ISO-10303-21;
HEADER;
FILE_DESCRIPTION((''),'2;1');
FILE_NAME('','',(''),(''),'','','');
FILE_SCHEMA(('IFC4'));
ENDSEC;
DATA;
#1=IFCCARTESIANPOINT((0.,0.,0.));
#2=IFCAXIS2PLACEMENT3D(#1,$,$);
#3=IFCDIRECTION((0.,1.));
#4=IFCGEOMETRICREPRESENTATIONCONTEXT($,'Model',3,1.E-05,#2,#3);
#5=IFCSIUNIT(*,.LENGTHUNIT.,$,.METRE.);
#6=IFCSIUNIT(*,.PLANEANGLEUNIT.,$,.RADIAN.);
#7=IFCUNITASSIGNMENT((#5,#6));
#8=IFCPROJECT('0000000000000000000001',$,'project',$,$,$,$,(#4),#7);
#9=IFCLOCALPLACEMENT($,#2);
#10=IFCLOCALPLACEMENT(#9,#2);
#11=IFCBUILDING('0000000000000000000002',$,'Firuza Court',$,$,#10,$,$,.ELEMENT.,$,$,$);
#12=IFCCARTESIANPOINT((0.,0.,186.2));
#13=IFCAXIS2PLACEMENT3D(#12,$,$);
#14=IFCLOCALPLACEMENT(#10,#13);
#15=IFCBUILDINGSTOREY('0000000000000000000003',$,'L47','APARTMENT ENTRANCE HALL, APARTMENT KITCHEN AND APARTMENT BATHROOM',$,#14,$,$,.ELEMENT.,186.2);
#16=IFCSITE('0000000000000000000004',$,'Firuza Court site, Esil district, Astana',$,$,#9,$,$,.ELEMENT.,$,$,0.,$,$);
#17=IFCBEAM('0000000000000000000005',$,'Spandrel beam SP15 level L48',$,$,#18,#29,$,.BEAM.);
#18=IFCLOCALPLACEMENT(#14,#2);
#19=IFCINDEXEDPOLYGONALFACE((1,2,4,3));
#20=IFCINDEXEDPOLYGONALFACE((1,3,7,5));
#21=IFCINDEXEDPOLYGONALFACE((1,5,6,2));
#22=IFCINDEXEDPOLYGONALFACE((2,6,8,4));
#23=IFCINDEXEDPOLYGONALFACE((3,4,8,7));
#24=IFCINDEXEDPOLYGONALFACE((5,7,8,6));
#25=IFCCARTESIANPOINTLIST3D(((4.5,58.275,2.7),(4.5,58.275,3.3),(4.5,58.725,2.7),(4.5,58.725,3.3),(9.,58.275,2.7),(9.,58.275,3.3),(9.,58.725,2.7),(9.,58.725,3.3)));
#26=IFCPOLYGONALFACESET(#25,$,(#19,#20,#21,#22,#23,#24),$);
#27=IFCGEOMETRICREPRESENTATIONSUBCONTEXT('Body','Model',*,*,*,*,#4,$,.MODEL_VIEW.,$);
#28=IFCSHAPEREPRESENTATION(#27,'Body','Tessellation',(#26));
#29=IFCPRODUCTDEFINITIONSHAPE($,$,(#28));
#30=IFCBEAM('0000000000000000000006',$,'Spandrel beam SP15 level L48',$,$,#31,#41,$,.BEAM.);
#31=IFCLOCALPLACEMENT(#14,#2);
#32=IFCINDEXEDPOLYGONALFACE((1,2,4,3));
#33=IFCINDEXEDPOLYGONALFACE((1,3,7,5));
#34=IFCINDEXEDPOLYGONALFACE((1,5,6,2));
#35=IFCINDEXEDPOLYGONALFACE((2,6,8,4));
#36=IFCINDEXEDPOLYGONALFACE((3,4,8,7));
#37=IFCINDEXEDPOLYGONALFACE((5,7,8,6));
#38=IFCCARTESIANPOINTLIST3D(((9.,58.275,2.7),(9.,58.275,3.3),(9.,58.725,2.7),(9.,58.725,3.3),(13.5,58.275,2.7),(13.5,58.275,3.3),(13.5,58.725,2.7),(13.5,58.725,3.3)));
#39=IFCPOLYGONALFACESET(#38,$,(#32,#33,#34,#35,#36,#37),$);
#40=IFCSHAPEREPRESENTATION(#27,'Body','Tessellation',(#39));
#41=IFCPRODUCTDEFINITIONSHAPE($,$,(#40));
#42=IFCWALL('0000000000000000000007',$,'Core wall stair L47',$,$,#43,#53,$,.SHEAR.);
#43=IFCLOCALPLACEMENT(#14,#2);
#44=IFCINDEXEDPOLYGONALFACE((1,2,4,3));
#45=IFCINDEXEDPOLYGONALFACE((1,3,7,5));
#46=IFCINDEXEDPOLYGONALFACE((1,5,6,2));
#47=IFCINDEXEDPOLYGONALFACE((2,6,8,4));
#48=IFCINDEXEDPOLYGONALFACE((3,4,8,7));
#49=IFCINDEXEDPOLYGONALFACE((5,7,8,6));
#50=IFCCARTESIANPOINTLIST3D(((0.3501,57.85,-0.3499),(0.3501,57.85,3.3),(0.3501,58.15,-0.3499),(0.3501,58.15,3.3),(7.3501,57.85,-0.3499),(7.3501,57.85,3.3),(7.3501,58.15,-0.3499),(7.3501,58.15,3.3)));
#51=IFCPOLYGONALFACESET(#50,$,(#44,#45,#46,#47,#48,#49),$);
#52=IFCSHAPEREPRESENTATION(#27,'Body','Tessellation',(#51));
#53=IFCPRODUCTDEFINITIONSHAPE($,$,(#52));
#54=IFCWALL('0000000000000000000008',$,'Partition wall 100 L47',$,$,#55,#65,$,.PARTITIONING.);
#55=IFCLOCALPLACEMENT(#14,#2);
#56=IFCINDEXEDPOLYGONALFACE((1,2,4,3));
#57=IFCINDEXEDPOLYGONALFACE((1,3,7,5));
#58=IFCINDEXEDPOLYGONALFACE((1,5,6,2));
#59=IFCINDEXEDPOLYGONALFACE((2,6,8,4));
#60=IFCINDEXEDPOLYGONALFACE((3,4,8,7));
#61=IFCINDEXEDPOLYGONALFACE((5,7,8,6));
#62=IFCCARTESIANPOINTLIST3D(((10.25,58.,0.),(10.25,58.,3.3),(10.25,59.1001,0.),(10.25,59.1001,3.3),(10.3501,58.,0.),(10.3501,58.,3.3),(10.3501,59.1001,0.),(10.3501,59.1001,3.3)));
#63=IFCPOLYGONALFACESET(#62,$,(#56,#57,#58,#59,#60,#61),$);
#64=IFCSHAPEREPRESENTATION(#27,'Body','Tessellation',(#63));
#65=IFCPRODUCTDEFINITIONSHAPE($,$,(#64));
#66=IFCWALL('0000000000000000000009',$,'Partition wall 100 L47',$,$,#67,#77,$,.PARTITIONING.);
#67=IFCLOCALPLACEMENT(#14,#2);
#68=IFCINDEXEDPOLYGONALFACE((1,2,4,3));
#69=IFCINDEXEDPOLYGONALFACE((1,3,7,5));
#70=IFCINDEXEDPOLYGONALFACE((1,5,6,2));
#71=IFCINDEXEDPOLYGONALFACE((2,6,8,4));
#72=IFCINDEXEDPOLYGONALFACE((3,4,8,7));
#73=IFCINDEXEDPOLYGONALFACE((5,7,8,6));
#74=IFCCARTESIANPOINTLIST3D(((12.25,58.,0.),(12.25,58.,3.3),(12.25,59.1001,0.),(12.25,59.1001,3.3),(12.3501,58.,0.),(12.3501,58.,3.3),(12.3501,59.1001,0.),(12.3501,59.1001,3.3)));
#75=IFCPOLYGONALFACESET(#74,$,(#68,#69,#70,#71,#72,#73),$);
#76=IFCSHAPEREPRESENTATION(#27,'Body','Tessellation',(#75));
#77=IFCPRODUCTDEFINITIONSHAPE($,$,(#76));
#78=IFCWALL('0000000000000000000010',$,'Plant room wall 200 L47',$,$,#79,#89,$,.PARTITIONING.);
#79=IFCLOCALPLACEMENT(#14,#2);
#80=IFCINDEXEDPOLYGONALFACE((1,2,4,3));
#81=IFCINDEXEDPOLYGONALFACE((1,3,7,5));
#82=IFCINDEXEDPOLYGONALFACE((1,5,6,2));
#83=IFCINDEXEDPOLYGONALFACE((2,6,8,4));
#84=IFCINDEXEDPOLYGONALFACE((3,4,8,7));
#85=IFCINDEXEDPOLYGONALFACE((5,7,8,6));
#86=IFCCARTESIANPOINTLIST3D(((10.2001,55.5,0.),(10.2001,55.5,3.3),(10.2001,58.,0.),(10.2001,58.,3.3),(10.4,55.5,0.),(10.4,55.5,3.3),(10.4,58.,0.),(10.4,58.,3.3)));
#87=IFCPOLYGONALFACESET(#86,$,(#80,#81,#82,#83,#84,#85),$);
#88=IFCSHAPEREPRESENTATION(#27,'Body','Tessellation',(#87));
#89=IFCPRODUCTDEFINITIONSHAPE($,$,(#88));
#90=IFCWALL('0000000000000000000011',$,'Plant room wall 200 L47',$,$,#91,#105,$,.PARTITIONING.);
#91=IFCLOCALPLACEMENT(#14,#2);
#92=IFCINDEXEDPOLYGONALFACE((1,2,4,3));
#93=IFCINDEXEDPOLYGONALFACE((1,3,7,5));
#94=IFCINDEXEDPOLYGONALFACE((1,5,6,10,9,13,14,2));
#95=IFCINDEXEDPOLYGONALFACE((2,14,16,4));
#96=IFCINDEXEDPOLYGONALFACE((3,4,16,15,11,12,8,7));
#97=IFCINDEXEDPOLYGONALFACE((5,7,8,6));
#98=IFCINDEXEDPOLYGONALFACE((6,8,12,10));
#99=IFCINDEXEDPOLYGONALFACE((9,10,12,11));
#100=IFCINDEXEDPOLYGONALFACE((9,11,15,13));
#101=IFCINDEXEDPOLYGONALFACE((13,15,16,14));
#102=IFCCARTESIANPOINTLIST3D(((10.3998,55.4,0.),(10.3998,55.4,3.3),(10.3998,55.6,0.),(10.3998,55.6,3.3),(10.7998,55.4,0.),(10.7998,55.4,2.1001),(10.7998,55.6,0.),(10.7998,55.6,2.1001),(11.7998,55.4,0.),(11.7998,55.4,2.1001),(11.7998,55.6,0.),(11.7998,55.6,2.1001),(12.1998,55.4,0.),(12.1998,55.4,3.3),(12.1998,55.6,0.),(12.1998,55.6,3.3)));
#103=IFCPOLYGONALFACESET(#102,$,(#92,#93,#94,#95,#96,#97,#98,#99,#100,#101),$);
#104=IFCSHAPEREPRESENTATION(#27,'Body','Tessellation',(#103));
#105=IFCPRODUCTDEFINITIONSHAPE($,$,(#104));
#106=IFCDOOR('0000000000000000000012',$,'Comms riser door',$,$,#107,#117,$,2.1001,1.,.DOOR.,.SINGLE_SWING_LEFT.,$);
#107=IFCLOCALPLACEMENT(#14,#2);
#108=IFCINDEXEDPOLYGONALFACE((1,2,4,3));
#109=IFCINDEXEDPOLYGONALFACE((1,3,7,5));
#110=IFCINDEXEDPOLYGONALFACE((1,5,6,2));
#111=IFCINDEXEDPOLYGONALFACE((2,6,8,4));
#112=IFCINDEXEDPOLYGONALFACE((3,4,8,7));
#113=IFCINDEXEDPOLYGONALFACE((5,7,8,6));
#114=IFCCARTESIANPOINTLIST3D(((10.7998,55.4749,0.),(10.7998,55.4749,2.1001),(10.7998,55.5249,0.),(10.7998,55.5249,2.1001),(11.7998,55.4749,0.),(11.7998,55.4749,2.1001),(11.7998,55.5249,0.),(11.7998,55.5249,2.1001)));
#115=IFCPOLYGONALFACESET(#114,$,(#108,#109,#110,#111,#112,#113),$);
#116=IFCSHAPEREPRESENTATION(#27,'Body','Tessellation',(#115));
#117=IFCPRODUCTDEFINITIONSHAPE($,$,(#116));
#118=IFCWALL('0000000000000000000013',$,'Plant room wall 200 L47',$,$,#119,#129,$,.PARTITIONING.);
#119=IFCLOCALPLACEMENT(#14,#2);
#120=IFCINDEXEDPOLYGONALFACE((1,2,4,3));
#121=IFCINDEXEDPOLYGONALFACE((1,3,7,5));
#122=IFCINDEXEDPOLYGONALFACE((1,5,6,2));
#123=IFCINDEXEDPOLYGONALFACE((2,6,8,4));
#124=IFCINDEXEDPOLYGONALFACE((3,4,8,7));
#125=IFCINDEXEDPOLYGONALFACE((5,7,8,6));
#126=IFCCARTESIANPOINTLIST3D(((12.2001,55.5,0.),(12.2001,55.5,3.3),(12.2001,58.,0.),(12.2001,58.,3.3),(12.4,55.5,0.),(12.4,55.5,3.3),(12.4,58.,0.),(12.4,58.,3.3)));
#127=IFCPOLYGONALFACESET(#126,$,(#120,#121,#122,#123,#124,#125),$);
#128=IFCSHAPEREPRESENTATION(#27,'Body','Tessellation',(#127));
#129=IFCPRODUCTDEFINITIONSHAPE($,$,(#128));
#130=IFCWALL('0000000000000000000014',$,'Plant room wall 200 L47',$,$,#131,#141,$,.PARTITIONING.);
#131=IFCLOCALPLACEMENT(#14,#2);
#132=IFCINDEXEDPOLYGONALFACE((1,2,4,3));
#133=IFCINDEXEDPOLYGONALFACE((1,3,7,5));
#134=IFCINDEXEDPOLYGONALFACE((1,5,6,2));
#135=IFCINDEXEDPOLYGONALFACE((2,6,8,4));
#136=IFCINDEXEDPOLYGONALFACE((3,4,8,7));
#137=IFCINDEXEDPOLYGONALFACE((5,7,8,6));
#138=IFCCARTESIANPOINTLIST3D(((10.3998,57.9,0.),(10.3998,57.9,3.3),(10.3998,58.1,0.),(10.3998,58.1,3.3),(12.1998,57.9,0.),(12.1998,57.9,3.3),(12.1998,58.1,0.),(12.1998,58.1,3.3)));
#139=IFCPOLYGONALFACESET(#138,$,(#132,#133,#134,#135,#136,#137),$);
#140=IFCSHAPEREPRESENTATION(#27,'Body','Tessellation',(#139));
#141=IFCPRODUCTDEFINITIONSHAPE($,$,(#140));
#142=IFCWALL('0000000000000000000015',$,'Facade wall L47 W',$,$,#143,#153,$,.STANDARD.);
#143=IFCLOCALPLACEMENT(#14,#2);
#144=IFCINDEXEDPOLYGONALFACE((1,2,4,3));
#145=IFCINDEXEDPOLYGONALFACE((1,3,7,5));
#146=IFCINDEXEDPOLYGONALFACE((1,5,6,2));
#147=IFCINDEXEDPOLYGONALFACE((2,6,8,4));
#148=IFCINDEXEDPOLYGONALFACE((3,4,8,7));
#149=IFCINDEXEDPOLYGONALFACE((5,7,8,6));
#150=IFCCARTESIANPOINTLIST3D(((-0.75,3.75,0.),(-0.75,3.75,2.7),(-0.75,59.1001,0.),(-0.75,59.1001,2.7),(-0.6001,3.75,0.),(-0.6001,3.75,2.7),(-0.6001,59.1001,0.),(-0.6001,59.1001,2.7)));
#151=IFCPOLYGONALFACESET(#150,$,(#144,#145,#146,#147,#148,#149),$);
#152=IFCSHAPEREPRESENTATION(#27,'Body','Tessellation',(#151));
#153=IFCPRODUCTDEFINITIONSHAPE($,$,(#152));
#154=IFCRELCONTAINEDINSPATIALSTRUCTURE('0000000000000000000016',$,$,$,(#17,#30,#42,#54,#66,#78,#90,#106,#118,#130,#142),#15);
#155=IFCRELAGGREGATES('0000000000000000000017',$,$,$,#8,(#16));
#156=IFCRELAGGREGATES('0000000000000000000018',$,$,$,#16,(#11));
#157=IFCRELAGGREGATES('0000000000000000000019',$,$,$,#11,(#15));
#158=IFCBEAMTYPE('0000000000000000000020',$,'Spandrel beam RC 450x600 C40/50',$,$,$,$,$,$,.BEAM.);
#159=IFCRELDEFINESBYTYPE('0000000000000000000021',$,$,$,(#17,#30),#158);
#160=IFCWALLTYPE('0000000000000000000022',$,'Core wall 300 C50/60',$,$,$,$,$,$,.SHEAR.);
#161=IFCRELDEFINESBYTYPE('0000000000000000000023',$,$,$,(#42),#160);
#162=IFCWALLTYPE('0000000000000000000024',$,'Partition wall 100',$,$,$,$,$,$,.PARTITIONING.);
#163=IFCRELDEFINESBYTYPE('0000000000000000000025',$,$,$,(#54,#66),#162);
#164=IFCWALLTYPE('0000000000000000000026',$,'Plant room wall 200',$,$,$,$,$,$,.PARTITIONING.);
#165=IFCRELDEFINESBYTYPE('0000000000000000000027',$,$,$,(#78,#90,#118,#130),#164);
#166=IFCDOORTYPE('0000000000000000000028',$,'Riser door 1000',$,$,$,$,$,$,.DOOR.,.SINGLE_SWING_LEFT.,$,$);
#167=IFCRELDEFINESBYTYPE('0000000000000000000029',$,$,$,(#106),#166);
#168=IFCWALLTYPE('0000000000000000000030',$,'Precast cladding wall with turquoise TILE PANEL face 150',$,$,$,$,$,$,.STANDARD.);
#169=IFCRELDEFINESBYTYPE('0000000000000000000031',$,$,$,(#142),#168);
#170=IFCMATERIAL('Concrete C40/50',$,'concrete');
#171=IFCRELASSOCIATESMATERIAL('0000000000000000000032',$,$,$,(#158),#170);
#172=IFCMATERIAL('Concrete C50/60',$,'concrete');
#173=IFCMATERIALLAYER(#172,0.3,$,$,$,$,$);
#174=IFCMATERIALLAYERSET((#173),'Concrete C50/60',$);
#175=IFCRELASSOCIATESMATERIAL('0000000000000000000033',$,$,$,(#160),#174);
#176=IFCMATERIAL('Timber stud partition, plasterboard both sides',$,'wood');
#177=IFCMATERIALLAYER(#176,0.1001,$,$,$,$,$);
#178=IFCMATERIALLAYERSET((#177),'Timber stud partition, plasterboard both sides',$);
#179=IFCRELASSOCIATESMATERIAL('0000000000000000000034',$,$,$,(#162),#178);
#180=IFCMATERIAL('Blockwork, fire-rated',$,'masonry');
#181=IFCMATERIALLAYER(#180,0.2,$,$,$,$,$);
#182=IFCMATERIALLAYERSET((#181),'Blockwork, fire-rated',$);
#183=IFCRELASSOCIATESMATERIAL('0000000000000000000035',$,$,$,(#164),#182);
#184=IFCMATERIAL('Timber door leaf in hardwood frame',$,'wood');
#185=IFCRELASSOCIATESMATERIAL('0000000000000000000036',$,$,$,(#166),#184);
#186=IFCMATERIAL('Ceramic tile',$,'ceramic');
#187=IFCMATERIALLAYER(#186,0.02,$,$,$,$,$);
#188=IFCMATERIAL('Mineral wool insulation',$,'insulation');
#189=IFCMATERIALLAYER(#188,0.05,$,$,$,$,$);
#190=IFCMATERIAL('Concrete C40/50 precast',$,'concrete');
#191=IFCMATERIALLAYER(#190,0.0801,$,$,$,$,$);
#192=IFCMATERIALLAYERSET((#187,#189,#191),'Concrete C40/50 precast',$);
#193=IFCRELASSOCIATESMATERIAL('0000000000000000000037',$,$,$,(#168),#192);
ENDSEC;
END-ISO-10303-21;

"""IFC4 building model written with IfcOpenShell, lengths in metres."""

from ifc_helpers import new_model, si_unit, direction, frame, frame_2d, origin, origin_2d, place, context, subcontext, project, spatial, rectangle, extrude, material, layer, layer_set, material_profile, profile_set, type_object, element, fill, save


model = new_model("IFC4")

# Units and contexts
model_context = context("Model", 3, precision=1e-05, world=origin(), true_north=direction((0.0, 1.0)))
body_context = subcontext(model_context, "Body", "Model", "MODEL_VIEW")
ifc_project = project(units=[si_unit("LENGTHUNIT", "METRE"), si_unit("PLANEANGLEUNIT", "RADIAN")], contexts=[model_context])

# Site, building, storey
site_placement = place(None, origin())
site = spatial("IfcSite", under=ifc_project, at=site_placement, Name="Firuza Court site, Esil district, Astana", CompositionType="ELEMENT", RefElevation=0.0)
building_placement = place(site_placement, origin())
building = spatial("IfcBuilding", under=site, at=building_placement, Name="Firuza Court", CompositionType="ELEMENT")
storey_placement = place(building_placement, frame((0.0, 0.0, 186.2)))
storey = spatial("IfcBuildingStorey", under=building, at=storey_placement, Name="L47", Description="APARTMENT ENTRANCE HALL, APARTMENT KITCHEN AND APARTMENT BATHROOM", CompositionType="ELEMENT", Elevation=186.2)

# Beams
ifc_material_1 = material(Name="Concrete C40/50", Category="concrete")
ifc_material_profile_1 = material_profile(ifc_material_1, rectangle(XDim=0.45, YDim=0.6001, at=origin_2d()), Name="RC 450x600")
ifc_profile_set_1 = profile_set([ifc_material_profile_1], Name="Concrete C40/50")
beam_type = type_object("IfcBeamType", Name="Spandrel beam RC 450x600 C40/50", PredefinedType="BEAM", material=ifc_profile_set_1)
for number, where, z_axis, x_axis, name in (
    (1, (9.0, 58.5, 3.0), (-1.0, 0.0, 0.0), (0.0, -1.0, 0.0), "Spandrel beam SP15 level L48"),
    (2, (13.5, 58.5, 3.0), (-1.0, 0.0, 0.0), (0.0, -1.0, 0.0), "Spandrel beam SP15 level L48"),
):
    element("IfcBeam", number, at=place(storey_placement, frame(where, z_axis=z_axis, x_axis=x_axis)), inside=storey, type_object=beam_type, Name=name, PredefinedType="BEAM", context=body_context, shape_type="SweptSolid", body=[
        extrude(rectangle(XDim=0.45, YDim=0.6001, at=origin_2d()), origin(), (0.0, 0.0, 1.0), 4.5),
    ])

# Walls
ifc_material_2 = material(Name="Concrete C50/60", Category="concrete")
ifc_layer_1 = layer(ifc_material_2, 0.3)
ifc_layer_set_1 = layer_set([ifc_layer_1], Name="Concrete C50/60")
wall_type_1 = type_object("IfcWallType", Name="Core wall 300 C50/60", PredefinedType="SHEAR", material=ifc_layer_set_1)
wall_1_placement = place(storey_placement, frame((0.3501, 58.0, -0.3499), z_axis=(0.0, 0.0, 1.0), x_axis=(1.0, 0.0, 0.0)))
element("IfcWall", 3, at=wall_1_placement, inside=storey, type_object=wall_type_1, Name="Core wall stair L47", PredefinedType="SHEAR", context=body_context, shape_type="SweptSolid", body=[
    extrude(rectangle(XDim=7.0, YDim=0.3, at=frame_2d((3.5, 0.0))), origin(), (0.0, 0.0, 1.0), 3.6499),
])
ifc_material_3 = material(Name="Timber stud partition, plasterboard both sides", Category="wood")
ifc_layer_2 = layer(ifc_material_3, 0.1001)
ifc_layer_set_2 = layer_set([ifc_layer_2], Name="Timber stud partition, plasterboard both sides")
wall_type_2 = type_object("IfcWallType", Name="Partition wall 100", PredefinedType="PARTITIONING", material=ifc_layer_set_2)
for number, where, z_axis, x_axis, name in (
    (4, (10.3, 58.0, 0.0), (0.0, 0.0, 1.0), (0.0, 1.0, 0.0), "Partition wall 100 L47"),
    (5, (12.3, 58.0, 0.0), (0.0, 0.0, 1.0), (0.0, 1.0, 0.0), "Partition wall 100 L47"),
):
    element("IfcWall", number, at=place(storey_placement, frame(where, z_axis=z_axis, x_axis=x_axis)), inside=storey, type_object=wall_type_2, Name=name, PredefinedType="PARTITIONING", context=body_context, shape_type="SweptSolid", body=[
        extrude(rectangle(XDim=1.1001, YDim=0.1001, at=frame_2d((0.55, 0.0))), origin(), (0.0, 0.0, 1.0), 3.3),
    ])
ifc_material_4 = material(Name="Blockwork, fire-rated", Category="masonry")
ifc_layer_3 = layer(ifc_material_4, 0.2)
ifc_layer_set_3 = layer_set([ifc_layer_3], Name="Blockwork, fire-rated")
wall_type_3 = type_object("IfcWallType", Name="Plant room wall 200", PredefinedType="PARTITIONING", material=ifc_layer_set_3)
wall_2_placement = place(storey_placement, frame((10.3, 55.5, 0.0), z_axis=(0.0, 0.0, 1.0), x_axis=(0.0, 1.0, 0.0)))
element("IfcWall", 6, at=wall_2_placement, inside=storey, type_object=wall_type_3, Name="Plant room wall 200 L47", PredefinedType="PARTITIONING", context=body_context, shape_type="SweptSolid", body=[
    extrude(rectangle(XDim=2.5, YDim=0.2, at=frame_2d((1.25, 0.0))), origin(), (0.0, 0.0, 1.0), 3.3),
])

# Wall, opening, door
wall_3_placement = place(storey_placement, frame((10.3999, 55.5, 0.0), z_axis=(0.0, 0.0, 1.0), x_axis=(1.0, 0.0, 0.0)))
wall_3 = element("IfcWall", 7, at=wall_3_placement, inside=storey, type_object=wall_type_3, Name="Plant room wall 200 L47", PredefinedType="PARTITIONING", context=body_context, shape_type="SweptSolid", body=[
    extrude(rectangle(XDim=1.8, YDim=0.2, at=frame_2d((0.8999, 0.0))), origin(), (0.0, 0.0, 1.0), 3.3),
])
opening_placement = place(wall_3_placement, frame((0.3999, 0.0, 0.0)))
opening = element("IfcOpeningElement", 8, at=opening_placement, cuts=wall_3, PredefinedType="OPENING", context=body_context, shape_type="SweptSolid", body=[
    extrude(rectangle(XDim=1.0, YDim=2.1001, at=frame_2d((0.5, 1.05))), frame((0.0, 0.1118, 0.0), z_axis=(0.0, -1.0, 0.0), x_axis=(1.0, 0.0, 0.0)), (0.0, 0.0, 1.0), 0.2239),
])
ifc_material_5 = material(Name="Timber door leaf in hardwood frame", Category="wood")
door_type = type_object("IfcDoorType", Name="Riser door 1000", OperationType="SINGLE_SWING_LEFT", PredefinedType="DOOR", material=ifc_material_5)
door_placement = place(opening_placement, origin())
door = element("IfcDoor", 9, at=door_placement, inside=storey, type_object=door_type, Name="Comms riser door", OperationType="SINGLE_SWING_LEFT", OverallHeight=2.1001, OverallWidth=1.0, PredefinedType="DOOR", context=body_context, shape_type="SweptSolid", body=[
    extrude(rectangle(XDim=1.0, YDim=2.1001, at=frame_2d((0.5, 1.05))), frame((0.0, 0.0249, 0.0), z_axis=(0.0, -1.0, 0.0), x_axis=(1.0, 0.0, 0.0)), (0.0, 0.0, 1.0), 0.05),
])
fill(opening, door)

# Walls
wall_4_placement = place(storey_placement, frame((12.3, 55.5, 0.0), z_axis=(0.0, 0.0, 1.0), x_axis=(0.0, 1.0, 0.0)))
element("IfcWall", 10, at=wall_4_placement, inside=storey, type_object=wall_type_3, Name="Plant room wall 200 L47", PredefinedType="PARTITIONING", context=body_context, shape_type="SweptSolid", body=[
    extrude(rectangle(XDim=2.5, YDim=0.2, at=frame_2d((1.25, 0.0))), origin(), (0.0, 0.0, 1.0), 3.3),
])
wall_5_placement = place(storey_placement, frame((10.3999, 58.0, 0.0), z_axis=(0.0, 0.0, 1.0), x_axis=(1.0, 0.0, 0.0)))
element("IfcWall", 11, at=wall_5_placement, inside=storey, type_object=wall_type_3, Name="Plant room wall 200 L47", PredefinedType="PARTITIONING", context=body_context, shape_type="SweptSolid", body=[
    extrude(rectangle(XDim=1.8, YDim=0.2, at=frame_2d((0.8999, 0.0))), origin(), (0.0, 0.0, 1.0), 3.3),
])
ifc_material_6 = material(Name="Ceramic tile", Category="ceramic")
ifc_layer_4 = layer(ifc_material_6, 0.02)
ifc_material_7 = material(Name="Mineral wool insulation", Category="insulation")
ifc_layer_5 = layer(ifc_material_7, 0.05)
ifc_material_8 = material(Name="Concrete C40/50 precast", Category="concrete")
ifc_layer_6 = layer(ifc_material_8, 0.0801)
ifc_layer_set_4 = layer_set([ifc_layer_4, ifc_layer_5, ifc_layer_6], Name="Concrete C40/50 precast")
wall_type_4 = type_object("IfcWallType", Name="Precast cladding wall with turquoise TILE PANEL face 150", PredefinedType="STANDARD", material=ifc_layer_set_4)
wall_6_placement = place(storey_placement, frame((-0.675, 59.1001, 0.0), z_axis=(0.0, 0.0, 1.0), x_axis=(0.0, -1.0, 0.0)))
element("IfcWall", 12, at=wall_6_placement, inside=storey, type_object=wall_type_4, Name="Facade wall L47 W", PredefinedType="STANDARD", context=body_context, shape_type="SweptSolid", body=[
    extrude(rectangle(XDim=55.3501, YDim=0.1499, at=frame_2d((27.675, 0.0))), origin(), (0.0, 0.0, 1.0), 2.7),
])

save(model, "model.ifc")
